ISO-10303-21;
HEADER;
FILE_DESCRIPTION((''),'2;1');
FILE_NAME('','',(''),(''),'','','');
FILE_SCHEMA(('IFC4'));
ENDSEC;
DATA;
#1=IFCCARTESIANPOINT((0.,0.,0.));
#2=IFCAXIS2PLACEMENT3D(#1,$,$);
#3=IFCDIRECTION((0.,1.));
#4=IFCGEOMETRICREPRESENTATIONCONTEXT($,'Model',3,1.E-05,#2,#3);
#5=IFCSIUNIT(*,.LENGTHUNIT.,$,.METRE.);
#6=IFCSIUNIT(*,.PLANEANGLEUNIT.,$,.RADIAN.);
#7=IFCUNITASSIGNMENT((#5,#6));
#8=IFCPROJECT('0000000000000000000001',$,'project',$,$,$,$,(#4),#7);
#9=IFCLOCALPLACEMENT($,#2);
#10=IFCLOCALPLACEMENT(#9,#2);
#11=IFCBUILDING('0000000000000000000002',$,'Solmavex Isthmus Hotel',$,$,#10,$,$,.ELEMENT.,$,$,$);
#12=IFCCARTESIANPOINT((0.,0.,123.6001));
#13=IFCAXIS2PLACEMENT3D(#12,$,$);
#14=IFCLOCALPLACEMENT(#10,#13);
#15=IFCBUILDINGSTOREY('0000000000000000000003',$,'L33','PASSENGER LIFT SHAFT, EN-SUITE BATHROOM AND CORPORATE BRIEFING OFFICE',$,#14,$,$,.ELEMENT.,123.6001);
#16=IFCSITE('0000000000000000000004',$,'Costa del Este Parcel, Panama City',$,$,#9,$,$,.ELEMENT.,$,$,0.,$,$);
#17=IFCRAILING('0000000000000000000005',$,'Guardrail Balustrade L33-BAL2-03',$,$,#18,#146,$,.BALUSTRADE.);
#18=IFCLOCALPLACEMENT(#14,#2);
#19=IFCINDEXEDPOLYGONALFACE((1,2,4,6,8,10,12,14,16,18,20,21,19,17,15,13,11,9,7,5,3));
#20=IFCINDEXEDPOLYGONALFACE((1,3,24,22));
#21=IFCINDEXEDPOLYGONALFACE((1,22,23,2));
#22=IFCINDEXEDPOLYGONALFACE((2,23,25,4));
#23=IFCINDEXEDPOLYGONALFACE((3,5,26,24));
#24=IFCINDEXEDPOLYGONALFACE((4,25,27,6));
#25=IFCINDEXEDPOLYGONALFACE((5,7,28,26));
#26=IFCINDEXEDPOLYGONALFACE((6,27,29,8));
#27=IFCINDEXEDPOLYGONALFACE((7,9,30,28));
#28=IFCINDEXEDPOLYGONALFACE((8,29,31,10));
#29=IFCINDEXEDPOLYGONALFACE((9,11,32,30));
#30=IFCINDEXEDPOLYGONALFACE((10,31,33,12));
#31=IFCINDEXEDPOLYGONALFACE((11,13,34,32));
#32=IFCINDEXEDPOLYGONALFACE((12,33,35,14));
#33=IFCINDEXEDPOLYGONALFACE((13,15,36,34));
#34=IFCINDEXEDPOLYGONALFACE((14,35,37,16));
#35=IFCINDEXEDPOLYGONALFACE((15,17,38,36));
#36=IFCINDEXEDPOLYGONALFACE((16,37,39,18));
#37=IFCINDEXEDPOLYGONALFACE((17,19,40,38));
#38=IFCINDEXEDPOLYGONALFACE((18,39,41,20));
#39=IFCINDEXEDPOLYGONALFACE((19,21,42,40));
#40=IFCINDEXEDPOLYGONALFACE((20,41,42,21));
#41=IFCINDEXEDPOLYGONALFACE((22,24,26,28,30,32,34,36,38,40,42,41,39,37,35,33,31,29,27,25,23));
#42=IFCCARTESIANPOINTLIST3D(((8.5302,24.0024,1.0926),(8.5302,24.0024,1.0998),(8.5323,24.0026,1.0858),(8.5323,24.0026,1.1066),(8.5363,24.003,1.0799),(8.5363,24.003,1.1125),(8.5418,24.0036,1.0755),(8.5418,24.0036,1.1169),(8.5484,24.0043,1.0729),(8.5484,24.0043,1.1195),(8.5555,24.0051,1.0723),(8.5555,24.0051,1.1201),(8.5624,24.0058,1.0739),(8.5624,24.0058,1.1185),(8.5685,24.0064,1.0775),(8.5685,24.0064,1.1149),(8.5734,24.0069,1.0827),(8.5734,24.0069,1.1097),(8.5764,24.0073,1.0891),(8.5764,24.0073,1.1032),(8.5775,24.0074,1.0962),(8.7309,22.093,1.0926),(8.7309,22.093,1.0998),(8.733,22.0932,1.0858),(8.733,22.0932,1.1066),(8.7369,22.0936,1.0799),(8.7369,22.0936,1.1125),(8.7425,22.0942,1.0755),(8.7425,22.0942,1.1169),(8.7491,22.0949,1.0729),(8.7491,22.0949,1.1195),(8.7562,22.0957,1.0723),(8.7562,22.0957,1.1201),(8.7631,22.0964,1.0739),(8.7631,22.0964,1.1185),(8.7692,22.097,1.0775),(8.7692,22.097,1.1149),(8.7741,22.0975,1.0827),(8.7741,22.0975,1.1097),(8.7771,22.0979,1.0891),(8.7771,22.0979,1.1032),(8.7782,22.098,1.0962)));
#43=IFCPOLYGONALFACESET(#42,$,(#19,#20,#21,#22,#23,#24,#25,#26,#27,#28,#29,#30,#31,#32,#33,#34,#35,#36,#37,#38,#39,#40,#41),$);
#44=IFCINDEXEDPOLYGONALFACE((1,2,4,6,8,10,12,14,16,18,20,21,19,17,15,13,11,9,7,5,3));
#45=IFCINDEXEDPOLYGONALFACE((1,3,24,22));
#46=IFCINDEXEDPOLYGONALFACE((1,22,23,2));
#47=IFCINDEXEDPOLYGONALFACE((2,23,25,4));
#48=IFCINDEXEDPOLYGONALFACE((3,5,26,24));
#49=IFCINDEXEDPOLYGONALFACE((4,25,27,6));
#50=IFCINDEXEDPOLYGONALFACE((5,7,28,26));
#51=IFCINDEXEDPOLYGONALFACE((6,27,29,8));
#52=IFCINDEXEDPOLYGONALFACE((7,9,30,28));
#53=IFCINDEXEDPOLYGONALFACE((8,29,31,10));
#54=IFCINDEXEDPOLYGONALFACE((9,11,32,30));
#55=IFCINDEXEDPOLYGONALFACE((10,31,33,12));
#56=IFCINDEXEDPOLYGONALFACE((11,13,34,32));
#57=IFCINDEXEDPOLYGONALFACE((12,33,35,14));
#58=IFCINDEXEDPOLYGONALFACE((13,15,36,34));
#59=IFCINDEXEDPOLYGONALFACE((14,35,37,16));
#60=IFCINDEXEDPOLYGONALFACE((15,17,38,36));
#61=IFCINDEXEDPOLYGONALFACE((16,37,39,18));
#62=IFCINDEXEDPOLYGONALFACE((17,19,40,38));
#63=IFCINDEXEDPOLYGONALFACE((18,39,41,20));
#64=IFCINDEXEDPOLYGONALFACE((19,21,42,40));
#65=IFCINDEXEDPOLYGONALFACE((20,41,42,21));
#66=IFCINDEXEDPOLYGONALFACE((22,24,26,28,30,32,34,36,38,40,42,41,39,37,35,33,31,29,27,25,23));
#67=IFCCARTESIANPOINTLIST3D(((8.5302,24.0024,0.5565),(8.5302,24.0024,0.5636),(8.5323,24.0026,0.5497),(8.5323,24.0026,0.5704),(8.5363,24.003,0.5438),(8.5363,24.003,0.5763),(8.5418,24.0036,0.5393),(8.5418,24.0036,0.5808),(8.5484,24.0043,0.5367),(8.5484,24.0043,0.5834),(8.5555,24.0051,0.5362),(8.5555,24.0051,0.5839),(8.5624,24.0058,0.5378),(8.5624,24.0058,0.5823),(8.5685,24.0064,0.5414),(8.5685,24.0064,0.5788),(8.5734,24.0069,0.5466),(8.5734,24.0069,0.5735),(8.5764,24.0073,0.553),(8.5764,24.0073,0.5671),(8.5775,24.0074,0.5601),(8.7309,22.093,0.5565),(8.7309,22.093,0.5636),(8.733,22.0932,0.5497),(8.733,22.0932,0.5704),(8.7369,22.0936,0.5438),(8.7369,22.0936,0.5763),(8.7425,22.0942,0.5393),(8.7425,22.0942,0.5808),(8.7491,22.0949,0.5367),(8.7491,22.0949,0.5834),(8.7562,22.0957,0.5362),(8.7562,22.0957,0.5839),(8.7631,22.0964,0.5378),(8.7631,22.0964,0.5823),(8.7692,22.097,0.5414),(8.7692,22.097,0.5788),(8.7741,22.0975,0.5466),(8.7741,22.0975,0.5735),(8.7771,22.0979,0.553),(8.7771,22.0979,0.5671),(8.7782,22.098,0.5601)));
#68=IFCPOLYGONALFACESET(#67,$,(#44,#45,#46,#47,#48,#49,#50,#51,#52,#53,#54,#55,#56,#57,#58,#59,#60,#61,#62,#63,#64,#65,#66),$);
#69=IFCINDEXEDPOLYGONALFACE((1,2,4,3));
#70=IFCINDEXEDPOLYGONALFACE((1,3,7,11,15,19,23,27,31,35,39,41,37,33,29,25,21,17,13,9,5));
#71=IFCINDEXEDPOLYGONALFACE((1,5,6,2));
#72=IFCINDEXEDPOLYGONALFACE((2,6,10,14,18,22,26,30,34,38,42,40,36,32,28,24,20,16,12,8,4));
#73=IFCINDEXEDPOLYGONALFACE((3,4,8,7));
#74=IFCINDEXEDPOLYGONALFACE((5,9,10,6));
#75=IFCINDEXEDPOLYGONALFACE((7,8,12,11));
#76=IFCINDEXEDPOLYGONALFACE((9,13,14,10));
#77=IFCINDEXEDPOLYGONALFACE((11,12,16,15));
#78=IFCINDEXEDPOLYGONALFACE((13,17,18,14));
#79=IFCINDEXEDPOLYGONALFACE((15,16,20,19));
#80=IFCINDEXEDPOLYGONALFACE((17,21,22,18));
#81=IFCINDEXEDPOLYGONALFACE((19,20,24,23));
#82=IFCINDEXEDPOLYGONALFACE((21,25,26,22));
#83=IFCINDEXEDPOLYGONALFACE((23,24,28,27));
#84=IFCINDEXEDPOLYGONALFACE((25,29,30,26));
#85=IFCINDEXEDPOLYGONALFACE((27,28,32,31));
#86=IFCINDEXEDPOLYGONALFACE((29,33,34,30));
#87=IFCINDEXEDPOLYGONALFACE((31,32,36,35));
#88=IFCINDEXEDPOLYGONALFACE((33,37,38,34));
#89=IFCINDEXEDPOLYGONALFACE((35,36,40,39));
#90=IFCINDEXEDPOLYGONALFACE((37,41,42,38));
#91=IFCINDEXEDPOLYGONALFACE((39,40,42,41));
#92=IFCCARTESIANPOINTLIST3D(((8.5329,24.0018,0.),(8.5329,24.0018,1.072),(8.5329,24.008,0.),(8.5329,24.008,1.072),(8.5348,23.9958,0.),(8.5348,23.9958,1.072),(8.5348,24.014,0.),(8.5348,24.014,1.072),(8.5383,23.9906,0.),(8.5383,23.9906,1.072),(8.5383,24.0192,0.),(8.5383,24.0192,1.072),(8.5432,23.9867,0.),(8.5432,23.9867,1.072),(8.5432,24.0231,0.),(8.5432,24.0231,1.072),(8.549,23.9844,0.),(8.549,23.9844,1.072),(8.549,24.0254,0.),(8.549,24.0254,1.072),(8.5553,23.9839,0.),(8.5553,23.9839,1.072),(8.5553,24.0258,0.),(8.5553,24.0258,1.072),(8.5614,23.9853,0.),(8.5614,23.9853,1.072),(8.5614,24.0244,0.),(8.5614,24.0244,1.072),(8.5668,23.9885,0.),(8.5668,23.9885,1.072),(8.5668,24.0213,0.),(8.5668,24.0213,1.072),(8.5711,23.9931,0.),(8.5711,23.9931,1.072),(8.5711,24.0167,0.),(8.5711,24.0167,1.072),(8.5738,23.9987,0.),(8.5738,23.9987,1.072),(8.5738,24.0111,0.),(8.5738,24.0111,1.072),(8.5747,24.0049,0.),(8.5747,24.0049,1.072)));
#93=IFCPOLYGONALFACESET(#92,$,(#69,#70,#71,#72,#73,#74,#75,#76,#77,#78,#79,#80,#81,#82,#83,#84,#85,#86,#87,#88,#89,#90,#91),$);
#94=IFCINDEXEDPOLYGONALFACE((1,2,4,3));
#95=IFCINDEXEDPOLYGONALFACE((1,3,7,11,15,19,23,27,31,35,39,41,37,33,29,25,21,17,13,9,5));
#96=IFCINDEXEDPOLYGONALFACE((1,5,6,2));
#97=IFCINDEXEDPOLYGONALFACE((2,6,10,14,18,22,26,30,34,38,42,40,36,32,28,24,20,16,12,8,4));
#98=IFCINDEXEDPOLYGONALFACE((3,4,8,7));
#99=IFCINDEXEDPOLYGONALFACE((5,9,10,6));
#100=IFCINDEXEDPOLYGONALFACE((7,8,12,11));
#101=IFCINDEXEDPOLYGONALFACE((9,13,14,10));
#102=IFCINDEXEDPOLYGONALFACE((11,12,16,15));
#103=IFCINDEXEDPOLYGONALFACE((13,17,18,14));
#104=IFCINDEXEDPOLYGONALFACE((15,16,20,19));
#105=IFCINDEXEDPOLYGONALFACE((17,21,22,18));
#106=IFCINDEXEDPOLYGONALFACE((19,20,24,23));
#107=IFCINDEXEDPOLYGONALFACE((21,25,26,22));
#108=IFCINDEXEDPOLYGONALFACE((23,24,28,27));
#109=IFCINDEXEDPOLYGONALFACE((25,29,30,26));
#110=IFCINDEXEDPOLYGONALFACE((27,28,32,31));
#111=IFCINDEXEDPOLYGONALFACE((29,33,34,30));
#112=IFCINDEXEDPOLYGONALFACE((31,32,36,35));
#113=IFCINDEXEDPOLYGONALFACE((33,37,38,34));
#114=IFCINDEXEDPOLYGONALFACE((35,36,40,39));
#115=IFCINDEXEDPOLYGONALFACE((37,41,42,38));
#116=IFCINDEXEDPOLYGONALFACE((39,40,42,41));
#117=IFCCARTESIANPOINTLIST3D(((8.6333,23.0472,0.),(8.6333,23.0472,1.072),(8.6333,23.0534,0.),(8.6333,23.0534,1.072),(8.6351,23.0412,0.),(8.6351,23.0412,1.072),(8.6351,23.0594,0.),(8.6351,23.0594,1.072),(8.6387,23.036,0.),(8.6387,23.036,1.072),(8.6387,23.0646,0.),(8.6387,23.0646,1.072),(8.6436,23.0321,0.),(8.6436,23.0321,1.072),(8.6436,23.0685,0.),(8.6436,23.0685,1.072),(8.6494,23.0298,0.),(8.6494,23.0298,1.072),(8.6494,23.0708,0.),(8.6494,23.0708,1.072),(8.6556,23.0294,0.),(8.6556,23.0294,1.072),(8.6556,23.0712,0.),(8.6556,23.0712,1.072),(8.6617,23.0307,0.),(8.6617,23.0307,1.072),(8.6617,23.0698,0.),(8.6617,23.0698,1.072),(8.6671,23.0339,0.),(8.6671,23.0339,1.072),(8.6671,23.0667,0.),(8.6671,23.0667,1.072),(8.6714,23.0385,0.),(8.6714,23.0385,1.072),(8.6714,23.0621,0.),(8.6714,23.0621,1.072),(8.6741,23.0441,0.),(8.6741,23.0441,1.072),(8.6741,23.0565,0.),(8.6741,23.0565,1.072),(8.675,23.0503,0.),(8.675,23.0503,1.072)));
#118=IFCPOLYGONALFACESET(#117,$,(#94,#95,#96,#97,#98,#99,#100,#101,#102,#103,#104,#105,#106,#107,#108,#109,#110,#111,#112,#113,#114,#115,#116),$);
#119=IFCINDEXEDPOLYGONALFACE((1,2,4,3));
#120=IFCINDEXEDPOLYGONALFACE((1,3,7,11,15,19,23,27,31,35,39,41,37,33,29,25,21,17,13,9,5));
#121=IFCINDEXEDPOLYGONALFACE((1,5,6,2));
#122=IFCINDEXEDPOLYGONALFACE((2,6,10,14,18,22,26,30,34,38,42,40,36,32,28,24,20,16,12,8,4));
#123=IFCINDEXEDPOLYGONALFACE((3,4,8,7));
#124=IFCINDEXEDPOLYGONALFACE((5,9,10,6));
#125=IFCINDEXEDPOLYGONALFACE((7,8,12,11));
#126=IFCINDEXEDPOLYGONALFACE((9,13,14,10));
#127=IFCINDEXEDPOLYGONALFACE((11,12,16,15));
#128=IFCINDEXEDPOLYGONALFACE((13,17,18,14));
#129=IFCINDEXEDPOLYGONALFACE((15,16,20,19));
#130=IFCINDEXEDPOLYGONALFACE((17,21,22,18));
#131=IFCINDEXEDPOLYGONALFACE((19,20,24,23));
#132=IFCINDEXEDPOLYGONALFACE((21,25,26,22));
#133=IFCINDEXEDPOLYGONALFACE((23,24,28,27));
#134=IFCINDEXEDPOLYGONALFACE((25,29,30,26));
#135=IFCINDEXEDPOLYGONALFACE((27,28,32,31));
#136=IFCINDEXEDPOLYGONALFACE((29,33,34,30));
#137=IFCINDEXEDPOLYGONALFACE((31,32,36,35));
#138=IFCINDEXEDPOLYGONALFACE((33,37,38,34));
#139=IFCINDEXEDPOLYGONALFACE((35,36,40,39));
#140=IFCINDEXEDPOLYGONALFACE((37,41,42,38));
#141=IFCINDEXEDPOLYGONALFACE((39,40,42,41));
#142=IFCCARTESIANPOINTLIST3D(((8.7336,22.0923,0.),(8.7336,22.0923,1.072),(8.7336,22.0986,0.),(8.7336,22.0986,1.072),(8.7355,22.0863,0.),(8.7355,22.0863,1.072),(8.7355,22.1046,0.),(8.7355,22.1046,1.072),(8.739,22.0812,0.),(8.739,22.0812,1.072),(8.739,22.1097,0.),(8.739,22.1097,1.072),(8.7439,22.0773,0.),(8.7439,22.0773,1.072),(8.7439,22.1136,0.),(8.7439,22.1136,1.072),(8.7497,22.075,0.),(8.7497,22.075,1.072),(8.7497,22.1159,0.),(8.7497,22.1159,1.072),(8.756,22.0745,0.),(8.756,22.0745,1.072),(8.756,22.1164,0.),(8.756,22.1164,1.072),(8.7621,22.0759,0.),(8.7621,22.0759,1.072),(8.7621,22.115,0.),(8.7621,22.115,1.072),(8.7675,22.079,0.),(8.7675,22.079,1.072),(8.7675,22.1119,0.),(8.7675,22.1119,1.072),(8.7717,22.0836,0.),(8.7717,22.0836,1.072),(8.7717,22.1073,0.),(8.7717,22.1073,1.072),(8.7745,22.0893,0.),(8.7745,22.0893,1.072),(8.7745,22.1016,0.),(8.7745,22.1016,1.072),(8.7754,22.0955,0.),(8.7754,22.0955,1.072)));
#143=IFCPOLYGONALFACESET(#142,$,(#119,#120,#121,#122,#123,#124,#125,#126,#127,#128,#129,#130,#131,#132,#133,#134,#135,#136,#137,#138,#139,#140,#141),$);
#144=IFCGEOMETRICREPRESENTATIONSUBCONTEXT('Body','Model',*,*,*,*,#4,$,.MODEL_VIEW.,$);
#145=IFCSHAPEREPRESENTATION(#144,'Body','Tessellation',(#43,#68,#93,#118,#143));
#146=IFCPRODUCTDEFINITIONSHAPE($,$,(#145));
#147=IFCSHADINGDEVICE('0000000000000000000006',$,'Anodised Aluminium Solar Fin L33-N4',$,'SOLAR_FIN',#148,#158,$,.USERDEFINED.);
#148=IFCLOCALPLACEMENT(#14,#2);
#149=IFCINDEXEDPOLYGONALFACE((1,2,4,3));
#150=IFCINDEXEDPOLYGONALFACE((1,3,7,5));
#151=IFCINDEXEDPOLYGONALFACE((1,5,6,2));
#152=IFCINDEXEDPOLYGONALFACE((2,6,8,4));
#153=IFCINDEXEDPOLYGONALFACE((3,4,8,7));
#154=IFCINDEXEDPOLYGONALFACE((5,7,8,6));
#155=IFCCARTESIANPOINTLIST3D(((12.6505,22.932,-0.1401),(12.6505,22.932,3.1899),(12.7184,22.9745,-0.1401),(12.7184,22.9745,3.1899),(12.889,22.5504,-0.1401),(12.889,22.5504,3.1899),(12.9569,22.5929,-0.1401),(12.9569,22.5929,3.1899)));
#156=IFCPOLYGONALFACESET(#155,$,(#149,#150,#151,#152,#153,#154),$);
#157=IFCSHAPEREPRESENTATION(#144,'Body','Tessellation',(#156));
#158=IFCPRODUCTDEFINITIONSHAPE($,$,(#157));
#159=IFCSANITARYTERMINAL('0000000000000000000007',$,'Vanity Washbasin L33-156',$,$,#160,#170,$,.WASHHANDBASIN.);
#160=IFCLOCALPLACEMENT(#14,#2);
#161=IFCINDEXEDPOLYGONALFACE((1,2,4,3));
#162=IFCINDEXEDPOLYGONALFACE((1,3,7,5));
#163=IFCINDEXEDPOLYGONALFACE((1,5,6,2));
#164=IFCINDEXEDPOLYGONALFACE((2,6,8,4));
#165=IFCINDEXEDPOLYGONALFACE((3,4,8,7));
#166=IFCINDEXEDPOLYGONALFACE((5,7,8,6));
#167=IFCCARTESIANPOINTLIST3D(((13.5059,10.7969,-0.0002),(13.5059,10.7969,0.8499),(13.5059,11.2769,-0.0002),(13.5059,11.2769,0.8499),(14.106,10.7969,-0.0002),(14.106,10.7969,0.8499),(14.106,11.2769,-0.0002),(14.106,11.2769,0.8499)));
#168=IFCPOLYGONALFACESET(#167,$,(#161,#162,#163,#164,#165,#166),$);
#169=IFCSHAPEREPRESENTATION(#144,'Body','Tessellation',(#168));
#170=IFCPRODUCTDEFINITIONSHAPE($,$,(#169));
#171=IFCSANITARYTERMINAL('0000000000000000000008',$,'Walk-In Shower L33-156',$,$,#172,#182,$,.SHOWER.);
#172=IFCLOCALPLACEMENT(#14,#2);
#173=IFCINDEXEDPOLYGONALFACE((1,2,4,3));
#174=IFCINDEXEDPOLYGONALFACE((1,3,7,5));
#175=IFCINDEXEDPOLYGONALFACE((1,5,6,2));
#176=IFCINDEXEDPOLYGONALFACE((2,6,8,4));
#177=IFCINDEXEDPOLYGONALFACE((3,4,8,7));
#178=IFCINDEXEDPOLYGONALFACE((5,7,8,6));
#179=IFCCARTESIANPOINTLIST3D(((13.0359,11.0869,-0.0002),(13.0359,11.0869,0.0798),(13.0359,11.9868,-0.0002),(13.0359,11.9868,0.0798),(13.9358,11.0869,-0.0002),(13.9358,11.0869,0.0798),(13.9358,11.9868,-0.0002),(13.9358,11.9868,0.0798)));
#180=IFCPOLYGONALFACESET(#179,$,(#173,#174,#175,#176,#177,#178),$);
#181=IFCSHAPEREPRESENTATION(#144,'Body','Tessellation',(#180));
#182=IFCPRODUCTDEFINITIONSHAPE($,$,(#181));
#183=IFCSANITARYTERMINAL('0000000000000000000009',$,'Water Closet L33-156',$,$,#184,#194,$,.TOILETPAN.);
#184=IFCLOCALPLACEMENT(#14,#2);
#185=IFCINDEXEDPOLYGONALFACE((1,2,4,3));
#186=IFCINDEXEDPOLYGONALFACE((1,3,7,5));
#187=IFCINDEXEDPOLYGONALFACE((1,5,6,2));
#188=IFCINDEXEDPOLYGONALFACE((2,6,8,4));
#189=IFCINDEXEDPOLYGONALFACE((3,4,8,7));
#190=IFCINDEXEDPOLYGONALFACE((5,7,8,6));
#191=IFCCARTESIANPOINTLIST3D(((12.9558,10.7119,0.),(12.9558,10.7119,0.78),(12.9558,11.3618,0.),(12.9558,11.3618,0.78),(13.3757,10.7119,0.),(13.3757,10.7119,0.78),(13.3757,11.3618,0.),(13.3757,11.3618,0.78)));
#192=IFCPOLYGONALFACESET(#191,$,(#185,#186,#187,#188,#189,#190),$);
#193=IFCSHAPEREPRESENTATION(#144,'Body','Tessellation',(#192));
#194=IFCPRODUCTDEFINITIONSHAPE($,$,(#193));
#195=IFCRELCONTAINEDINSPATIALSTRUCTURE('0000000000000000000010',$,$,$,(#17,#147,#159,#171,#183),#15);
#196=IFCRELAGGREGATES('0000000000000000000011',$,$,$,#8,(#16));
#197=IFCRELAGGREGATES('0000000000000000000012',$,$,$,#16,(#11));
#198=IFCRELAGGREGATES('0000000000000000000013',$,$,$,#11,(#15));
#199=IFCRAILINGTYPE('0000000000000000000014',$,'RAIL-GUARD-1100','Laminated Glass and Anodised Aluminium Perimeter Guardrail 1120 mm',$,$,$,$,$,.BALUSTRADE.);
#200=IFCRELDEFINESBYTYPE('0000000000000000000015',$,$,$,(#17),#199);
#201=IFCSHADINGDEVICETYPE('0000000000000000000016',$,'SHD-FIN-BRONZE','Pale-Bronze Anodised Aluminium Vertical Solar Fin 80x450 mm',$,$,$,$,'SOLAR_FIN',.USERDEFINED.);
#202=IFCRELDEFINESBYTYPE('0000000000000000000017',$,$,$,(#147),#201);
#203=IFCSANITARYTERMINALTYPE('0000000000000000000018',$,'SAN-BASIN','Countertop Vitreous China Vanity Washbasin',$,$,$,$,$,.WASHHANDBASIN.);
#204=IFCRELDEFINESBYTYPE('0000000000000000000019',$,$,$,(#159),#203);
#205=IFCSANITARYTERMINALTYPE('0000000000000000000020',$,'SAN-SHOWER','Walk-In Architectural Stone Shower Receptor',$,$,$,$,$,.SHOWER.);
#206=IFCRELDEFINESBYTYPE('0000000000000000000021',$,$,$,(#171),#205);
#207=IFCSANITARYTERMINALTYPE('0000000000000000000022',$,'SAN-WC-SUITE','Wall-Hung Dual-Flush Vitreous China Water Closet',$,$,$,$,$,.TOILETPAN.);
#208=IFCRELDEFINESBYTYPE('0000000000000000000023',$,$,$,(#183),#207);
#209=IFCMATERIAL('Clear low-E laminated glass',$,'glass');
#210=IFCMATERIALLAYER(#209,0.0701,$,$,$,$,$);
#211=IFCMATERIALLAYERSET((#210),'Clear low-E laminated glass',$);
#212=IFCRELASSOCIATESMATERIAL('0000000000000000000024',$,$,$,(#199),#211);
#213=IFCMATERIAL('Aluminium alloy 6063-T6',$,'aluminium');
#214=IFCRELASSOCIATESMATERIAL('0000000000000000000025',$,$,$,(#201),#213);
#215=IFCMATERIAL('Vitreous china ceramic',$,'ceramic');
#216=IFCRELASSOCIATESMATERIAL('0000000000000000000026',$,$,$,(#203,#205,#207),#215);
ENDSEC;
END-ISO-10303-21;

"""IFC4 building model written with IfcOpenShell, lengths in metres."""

from ifc_helpers import new_model, si_unit, direction, frame, origin, origin_2d, place, context, subcontext, project, spatial, rectangle, circle, extrude, material, layer, layer_set, type_object, element, save


model = new_model("IFC4")

# Units and contexts
model_context = context("Model", 3, precision=1e-05, world=origin(), true_north=direction((0.0, 1.0)))
body_context = subcontext(model_context, "Body", "Model", "MODEL_VIEW")
ifc_project = project(units=[si_unit("LENGTHUNIT", "METRE"), si_unit("PLANEANGLEUNIT", "RADIAN")], contexts=[model_context])

# Site, building, storey
site_placement = place(None, origin())
site = spatial("IfcSite", under=ifc_project, at=site_placement, Name="Costa del Este Parcel, Panama City", CompositionType="ELEMENT", RefElevation=0.0)
building_placement = place(site_placement, origin())
building = spatial("IfcBuilding", under=site, at=building_placement, Name="Solmavex Isthmus Hotel", CompositionType="ELEMENT")
storey_placement = place(building_placement, frame((0.0, 0.0, 123.6001)))
storey = spatial("IfcBuildingStorey", under=building, at=storey_placement, Name="L33", Description="PASSENGER LIFT SHAFT, EN-SUITE BATHROOM AND CORPORATE BRIEFING OFFICE", CompositionType="ELEMENT", Elevation=123.6001)

# Shared definitions
ifc_material_1 = material(Name="Aluminium alloy 6063-T6", Category="aluminium")
ifc_material_2 = material(Name="Clear low-E laminated glass", Category="glass")

# Railing
ifc_layer_1 = layer(ifc_material_2, 0.0701)
ifc_layer_set_1 = layer_set([ifc_layer_1], Name="Clear low-E laminated glass")
railing_type = type_object("IfcRailingType", Name="RAIL-GUARD-1100", Description="Laminated Glass and Anodised Aluminium Perimeter Guardrail 1120 mm", PredefinedType="BALUSTRADE", material=ifc_layer_set_1)
railing_placement = place(storey_placement, frame((8.5537, 24.0049, 0.0)))
element("IfcRailing", 1, at=railing_placement, inside=storey, type_object=railing_type, Name="Guardrail Balustrade L33-BAL2-03", PredefinedType="BALUSTRADE", context=body_context, shape_type="SweptSolid", body=[
    extrude(circle(Radius=0.0239, at=origin_2d()), frame((0.0, 0.0, 1.0962), z_axis=(0.104526, -0.994522, 0.0), x_axis=(0.994522, 0.104526, 0.0)), (0.0, 0.0, 1.0), 1.9199),
    extrude(circle(Radius=0.0239, at=origin_2d()), frame((0.0, 0.0, 0.5601), z_axis=(0.104526, -0.994522, 0.0), x_axis=(0.994522, 0.104526, 0.0)), (0.0, 0.0, 1.0), 1.9199),
    extrude(circle(Radius=0.021, at=origin_2d()), origin(), (0.0, 0.0, 1.0), 1.072),
    extrude(circle(Radius=0.021, at=origin_2d()), frame((0.1003, -0.9546, 0.0)), (0.0, 0.0, 1.0), 1.072),
    extrude(circle(Radius=0.021, at=origin_2d()), frame((0.2007, -1.9094, 0.0)), (0.0, 0.0, 1.0), 1.072),
])

# Shading device
shading_device_type = type_object("IfcShadingDeviceType", Name="SHD-FIN-BRONZE", Description="Pale-Bronze Anodised Aluminium Vertical Solar Fin 80x450 mm", ElementType="SOLAR_FIN", PredefinedType="USERDEFINED", material=ifc_material_1)
shading_device_placement = place(storey_placement, frame((12.8037, 22.7625, -0.1401), z_axis=(0.0, 0.0, 1.0), x_axis=(-0.529919, 0.848048, 0.0)))
element("IfcShadingDevice", 2, at=shading_device_placement, inside=storey, type_object=shading_device_type, Name="Anodised Aluminium Solar Fin L33-N4", ObjectType="SOLAR_FIN", PredefinedType="USERDEFINED", context=body_context, shape_type="SweptSolid", body=[
    extrude(rectangle(XDim=0.45, YDim=0.0801, at=origin_2d()), origin(), (0.0, 0.0, 1.0), 3.3301),
])

# Sanitary terminals
ifc_material_3 = material(Name="Vitreous china ceramic", Category="ceramic")
sanitary_terminal_type_1 = type_object("IfcSanitaryTerminalType", Name="SAN-BASIN", Description="Countertop Vitreous China Vanity Washbasin", PredefinedType="WASHHANDBASIN", material=ifc_material_3)
sanitary_terminal_1_placement = place(storey_placement, frame((13.8059, 11.0369, -0.0002), z_axis=(0.0, 0.0, 1.0), x_axis=(1.0, 0.0, 0.0)))
element("IfcSanitaryTerminal", 3, at=sanitary_terminal_1_placement, inside=storey, type_object=sanitary_terminal_type_1, Name="Vanity Washbasin L33-156", PredefinedType="WASHHANDBASIN", context=body_context, shape_type="SweptSolid", body=[
    extrude(rectangle(XDim=0.6001, YDim=0.48, at=origin_2d()), origin(), (0.0, 0.0, 1.0), 0.8501),
])
sanitary_terminal_type_2 = type_object("IfcSanitaryTerminalType", Name="SAN-SHOWER", Description="Walk-In Architectural Stone Shower Receptor", PredefinedType="SHOWER", material=ifc_material_3)
sanitary_terminal_2_placement = place(storey_placement, frame((13.4858, 11.5369, -0.0002), z_axis=(0.0, 0.0, 1.0), x_axis=(1.0, 0.0, 0.0)))
element("IfcSanitaryTerminal", 4, at=sanitary_terminal_2_placement, inside=storey, type_object=sanitary_terminal_type_2, Name="Walk-In Shower L33-156", PredefinedType="SHOWER", context=body_context, shape_type="SweptSolid", body=[
    extrude(rectangle(XDim=0.8999, YDim=0.8999, at=origin_2d()), origin(), (0.0, 0.0, 1.0), 0.0801),
])
sanitary_terminal_type_3 = type_object("IfcSanitaryTerminalType", Name="SAN-WC-SUITE", Description="Wall-Hung Dual-Flush Vitreous China Water Closet", PredefinedType="TOILETPAN", material=ifc_material_3)
sanitary_terminal_3_placement = place(storey_placement, frame((13.1658, 11.0369, 0.0), z_axis=(0.0, 0.0, 1.0), x_axis=(1.0, 0.0, 0.0)))
element("IfcSanitaryTerminal", 5, at=sanitary_terminal_3_placement, inside=storey, type_object=sanitary_terminal_type_3, Name="Water Closet L33-156", PredefinedType="TOILETPAN", context=body_context, shape_type="SweptSolid", body=[
    extrude(rectangle(XDim=0.4199, YDim=0.6499, at=origin_2d()), origin(), (0.0, 0.0, 1.0), 0.78),
])

save(model, "model.ifc")
